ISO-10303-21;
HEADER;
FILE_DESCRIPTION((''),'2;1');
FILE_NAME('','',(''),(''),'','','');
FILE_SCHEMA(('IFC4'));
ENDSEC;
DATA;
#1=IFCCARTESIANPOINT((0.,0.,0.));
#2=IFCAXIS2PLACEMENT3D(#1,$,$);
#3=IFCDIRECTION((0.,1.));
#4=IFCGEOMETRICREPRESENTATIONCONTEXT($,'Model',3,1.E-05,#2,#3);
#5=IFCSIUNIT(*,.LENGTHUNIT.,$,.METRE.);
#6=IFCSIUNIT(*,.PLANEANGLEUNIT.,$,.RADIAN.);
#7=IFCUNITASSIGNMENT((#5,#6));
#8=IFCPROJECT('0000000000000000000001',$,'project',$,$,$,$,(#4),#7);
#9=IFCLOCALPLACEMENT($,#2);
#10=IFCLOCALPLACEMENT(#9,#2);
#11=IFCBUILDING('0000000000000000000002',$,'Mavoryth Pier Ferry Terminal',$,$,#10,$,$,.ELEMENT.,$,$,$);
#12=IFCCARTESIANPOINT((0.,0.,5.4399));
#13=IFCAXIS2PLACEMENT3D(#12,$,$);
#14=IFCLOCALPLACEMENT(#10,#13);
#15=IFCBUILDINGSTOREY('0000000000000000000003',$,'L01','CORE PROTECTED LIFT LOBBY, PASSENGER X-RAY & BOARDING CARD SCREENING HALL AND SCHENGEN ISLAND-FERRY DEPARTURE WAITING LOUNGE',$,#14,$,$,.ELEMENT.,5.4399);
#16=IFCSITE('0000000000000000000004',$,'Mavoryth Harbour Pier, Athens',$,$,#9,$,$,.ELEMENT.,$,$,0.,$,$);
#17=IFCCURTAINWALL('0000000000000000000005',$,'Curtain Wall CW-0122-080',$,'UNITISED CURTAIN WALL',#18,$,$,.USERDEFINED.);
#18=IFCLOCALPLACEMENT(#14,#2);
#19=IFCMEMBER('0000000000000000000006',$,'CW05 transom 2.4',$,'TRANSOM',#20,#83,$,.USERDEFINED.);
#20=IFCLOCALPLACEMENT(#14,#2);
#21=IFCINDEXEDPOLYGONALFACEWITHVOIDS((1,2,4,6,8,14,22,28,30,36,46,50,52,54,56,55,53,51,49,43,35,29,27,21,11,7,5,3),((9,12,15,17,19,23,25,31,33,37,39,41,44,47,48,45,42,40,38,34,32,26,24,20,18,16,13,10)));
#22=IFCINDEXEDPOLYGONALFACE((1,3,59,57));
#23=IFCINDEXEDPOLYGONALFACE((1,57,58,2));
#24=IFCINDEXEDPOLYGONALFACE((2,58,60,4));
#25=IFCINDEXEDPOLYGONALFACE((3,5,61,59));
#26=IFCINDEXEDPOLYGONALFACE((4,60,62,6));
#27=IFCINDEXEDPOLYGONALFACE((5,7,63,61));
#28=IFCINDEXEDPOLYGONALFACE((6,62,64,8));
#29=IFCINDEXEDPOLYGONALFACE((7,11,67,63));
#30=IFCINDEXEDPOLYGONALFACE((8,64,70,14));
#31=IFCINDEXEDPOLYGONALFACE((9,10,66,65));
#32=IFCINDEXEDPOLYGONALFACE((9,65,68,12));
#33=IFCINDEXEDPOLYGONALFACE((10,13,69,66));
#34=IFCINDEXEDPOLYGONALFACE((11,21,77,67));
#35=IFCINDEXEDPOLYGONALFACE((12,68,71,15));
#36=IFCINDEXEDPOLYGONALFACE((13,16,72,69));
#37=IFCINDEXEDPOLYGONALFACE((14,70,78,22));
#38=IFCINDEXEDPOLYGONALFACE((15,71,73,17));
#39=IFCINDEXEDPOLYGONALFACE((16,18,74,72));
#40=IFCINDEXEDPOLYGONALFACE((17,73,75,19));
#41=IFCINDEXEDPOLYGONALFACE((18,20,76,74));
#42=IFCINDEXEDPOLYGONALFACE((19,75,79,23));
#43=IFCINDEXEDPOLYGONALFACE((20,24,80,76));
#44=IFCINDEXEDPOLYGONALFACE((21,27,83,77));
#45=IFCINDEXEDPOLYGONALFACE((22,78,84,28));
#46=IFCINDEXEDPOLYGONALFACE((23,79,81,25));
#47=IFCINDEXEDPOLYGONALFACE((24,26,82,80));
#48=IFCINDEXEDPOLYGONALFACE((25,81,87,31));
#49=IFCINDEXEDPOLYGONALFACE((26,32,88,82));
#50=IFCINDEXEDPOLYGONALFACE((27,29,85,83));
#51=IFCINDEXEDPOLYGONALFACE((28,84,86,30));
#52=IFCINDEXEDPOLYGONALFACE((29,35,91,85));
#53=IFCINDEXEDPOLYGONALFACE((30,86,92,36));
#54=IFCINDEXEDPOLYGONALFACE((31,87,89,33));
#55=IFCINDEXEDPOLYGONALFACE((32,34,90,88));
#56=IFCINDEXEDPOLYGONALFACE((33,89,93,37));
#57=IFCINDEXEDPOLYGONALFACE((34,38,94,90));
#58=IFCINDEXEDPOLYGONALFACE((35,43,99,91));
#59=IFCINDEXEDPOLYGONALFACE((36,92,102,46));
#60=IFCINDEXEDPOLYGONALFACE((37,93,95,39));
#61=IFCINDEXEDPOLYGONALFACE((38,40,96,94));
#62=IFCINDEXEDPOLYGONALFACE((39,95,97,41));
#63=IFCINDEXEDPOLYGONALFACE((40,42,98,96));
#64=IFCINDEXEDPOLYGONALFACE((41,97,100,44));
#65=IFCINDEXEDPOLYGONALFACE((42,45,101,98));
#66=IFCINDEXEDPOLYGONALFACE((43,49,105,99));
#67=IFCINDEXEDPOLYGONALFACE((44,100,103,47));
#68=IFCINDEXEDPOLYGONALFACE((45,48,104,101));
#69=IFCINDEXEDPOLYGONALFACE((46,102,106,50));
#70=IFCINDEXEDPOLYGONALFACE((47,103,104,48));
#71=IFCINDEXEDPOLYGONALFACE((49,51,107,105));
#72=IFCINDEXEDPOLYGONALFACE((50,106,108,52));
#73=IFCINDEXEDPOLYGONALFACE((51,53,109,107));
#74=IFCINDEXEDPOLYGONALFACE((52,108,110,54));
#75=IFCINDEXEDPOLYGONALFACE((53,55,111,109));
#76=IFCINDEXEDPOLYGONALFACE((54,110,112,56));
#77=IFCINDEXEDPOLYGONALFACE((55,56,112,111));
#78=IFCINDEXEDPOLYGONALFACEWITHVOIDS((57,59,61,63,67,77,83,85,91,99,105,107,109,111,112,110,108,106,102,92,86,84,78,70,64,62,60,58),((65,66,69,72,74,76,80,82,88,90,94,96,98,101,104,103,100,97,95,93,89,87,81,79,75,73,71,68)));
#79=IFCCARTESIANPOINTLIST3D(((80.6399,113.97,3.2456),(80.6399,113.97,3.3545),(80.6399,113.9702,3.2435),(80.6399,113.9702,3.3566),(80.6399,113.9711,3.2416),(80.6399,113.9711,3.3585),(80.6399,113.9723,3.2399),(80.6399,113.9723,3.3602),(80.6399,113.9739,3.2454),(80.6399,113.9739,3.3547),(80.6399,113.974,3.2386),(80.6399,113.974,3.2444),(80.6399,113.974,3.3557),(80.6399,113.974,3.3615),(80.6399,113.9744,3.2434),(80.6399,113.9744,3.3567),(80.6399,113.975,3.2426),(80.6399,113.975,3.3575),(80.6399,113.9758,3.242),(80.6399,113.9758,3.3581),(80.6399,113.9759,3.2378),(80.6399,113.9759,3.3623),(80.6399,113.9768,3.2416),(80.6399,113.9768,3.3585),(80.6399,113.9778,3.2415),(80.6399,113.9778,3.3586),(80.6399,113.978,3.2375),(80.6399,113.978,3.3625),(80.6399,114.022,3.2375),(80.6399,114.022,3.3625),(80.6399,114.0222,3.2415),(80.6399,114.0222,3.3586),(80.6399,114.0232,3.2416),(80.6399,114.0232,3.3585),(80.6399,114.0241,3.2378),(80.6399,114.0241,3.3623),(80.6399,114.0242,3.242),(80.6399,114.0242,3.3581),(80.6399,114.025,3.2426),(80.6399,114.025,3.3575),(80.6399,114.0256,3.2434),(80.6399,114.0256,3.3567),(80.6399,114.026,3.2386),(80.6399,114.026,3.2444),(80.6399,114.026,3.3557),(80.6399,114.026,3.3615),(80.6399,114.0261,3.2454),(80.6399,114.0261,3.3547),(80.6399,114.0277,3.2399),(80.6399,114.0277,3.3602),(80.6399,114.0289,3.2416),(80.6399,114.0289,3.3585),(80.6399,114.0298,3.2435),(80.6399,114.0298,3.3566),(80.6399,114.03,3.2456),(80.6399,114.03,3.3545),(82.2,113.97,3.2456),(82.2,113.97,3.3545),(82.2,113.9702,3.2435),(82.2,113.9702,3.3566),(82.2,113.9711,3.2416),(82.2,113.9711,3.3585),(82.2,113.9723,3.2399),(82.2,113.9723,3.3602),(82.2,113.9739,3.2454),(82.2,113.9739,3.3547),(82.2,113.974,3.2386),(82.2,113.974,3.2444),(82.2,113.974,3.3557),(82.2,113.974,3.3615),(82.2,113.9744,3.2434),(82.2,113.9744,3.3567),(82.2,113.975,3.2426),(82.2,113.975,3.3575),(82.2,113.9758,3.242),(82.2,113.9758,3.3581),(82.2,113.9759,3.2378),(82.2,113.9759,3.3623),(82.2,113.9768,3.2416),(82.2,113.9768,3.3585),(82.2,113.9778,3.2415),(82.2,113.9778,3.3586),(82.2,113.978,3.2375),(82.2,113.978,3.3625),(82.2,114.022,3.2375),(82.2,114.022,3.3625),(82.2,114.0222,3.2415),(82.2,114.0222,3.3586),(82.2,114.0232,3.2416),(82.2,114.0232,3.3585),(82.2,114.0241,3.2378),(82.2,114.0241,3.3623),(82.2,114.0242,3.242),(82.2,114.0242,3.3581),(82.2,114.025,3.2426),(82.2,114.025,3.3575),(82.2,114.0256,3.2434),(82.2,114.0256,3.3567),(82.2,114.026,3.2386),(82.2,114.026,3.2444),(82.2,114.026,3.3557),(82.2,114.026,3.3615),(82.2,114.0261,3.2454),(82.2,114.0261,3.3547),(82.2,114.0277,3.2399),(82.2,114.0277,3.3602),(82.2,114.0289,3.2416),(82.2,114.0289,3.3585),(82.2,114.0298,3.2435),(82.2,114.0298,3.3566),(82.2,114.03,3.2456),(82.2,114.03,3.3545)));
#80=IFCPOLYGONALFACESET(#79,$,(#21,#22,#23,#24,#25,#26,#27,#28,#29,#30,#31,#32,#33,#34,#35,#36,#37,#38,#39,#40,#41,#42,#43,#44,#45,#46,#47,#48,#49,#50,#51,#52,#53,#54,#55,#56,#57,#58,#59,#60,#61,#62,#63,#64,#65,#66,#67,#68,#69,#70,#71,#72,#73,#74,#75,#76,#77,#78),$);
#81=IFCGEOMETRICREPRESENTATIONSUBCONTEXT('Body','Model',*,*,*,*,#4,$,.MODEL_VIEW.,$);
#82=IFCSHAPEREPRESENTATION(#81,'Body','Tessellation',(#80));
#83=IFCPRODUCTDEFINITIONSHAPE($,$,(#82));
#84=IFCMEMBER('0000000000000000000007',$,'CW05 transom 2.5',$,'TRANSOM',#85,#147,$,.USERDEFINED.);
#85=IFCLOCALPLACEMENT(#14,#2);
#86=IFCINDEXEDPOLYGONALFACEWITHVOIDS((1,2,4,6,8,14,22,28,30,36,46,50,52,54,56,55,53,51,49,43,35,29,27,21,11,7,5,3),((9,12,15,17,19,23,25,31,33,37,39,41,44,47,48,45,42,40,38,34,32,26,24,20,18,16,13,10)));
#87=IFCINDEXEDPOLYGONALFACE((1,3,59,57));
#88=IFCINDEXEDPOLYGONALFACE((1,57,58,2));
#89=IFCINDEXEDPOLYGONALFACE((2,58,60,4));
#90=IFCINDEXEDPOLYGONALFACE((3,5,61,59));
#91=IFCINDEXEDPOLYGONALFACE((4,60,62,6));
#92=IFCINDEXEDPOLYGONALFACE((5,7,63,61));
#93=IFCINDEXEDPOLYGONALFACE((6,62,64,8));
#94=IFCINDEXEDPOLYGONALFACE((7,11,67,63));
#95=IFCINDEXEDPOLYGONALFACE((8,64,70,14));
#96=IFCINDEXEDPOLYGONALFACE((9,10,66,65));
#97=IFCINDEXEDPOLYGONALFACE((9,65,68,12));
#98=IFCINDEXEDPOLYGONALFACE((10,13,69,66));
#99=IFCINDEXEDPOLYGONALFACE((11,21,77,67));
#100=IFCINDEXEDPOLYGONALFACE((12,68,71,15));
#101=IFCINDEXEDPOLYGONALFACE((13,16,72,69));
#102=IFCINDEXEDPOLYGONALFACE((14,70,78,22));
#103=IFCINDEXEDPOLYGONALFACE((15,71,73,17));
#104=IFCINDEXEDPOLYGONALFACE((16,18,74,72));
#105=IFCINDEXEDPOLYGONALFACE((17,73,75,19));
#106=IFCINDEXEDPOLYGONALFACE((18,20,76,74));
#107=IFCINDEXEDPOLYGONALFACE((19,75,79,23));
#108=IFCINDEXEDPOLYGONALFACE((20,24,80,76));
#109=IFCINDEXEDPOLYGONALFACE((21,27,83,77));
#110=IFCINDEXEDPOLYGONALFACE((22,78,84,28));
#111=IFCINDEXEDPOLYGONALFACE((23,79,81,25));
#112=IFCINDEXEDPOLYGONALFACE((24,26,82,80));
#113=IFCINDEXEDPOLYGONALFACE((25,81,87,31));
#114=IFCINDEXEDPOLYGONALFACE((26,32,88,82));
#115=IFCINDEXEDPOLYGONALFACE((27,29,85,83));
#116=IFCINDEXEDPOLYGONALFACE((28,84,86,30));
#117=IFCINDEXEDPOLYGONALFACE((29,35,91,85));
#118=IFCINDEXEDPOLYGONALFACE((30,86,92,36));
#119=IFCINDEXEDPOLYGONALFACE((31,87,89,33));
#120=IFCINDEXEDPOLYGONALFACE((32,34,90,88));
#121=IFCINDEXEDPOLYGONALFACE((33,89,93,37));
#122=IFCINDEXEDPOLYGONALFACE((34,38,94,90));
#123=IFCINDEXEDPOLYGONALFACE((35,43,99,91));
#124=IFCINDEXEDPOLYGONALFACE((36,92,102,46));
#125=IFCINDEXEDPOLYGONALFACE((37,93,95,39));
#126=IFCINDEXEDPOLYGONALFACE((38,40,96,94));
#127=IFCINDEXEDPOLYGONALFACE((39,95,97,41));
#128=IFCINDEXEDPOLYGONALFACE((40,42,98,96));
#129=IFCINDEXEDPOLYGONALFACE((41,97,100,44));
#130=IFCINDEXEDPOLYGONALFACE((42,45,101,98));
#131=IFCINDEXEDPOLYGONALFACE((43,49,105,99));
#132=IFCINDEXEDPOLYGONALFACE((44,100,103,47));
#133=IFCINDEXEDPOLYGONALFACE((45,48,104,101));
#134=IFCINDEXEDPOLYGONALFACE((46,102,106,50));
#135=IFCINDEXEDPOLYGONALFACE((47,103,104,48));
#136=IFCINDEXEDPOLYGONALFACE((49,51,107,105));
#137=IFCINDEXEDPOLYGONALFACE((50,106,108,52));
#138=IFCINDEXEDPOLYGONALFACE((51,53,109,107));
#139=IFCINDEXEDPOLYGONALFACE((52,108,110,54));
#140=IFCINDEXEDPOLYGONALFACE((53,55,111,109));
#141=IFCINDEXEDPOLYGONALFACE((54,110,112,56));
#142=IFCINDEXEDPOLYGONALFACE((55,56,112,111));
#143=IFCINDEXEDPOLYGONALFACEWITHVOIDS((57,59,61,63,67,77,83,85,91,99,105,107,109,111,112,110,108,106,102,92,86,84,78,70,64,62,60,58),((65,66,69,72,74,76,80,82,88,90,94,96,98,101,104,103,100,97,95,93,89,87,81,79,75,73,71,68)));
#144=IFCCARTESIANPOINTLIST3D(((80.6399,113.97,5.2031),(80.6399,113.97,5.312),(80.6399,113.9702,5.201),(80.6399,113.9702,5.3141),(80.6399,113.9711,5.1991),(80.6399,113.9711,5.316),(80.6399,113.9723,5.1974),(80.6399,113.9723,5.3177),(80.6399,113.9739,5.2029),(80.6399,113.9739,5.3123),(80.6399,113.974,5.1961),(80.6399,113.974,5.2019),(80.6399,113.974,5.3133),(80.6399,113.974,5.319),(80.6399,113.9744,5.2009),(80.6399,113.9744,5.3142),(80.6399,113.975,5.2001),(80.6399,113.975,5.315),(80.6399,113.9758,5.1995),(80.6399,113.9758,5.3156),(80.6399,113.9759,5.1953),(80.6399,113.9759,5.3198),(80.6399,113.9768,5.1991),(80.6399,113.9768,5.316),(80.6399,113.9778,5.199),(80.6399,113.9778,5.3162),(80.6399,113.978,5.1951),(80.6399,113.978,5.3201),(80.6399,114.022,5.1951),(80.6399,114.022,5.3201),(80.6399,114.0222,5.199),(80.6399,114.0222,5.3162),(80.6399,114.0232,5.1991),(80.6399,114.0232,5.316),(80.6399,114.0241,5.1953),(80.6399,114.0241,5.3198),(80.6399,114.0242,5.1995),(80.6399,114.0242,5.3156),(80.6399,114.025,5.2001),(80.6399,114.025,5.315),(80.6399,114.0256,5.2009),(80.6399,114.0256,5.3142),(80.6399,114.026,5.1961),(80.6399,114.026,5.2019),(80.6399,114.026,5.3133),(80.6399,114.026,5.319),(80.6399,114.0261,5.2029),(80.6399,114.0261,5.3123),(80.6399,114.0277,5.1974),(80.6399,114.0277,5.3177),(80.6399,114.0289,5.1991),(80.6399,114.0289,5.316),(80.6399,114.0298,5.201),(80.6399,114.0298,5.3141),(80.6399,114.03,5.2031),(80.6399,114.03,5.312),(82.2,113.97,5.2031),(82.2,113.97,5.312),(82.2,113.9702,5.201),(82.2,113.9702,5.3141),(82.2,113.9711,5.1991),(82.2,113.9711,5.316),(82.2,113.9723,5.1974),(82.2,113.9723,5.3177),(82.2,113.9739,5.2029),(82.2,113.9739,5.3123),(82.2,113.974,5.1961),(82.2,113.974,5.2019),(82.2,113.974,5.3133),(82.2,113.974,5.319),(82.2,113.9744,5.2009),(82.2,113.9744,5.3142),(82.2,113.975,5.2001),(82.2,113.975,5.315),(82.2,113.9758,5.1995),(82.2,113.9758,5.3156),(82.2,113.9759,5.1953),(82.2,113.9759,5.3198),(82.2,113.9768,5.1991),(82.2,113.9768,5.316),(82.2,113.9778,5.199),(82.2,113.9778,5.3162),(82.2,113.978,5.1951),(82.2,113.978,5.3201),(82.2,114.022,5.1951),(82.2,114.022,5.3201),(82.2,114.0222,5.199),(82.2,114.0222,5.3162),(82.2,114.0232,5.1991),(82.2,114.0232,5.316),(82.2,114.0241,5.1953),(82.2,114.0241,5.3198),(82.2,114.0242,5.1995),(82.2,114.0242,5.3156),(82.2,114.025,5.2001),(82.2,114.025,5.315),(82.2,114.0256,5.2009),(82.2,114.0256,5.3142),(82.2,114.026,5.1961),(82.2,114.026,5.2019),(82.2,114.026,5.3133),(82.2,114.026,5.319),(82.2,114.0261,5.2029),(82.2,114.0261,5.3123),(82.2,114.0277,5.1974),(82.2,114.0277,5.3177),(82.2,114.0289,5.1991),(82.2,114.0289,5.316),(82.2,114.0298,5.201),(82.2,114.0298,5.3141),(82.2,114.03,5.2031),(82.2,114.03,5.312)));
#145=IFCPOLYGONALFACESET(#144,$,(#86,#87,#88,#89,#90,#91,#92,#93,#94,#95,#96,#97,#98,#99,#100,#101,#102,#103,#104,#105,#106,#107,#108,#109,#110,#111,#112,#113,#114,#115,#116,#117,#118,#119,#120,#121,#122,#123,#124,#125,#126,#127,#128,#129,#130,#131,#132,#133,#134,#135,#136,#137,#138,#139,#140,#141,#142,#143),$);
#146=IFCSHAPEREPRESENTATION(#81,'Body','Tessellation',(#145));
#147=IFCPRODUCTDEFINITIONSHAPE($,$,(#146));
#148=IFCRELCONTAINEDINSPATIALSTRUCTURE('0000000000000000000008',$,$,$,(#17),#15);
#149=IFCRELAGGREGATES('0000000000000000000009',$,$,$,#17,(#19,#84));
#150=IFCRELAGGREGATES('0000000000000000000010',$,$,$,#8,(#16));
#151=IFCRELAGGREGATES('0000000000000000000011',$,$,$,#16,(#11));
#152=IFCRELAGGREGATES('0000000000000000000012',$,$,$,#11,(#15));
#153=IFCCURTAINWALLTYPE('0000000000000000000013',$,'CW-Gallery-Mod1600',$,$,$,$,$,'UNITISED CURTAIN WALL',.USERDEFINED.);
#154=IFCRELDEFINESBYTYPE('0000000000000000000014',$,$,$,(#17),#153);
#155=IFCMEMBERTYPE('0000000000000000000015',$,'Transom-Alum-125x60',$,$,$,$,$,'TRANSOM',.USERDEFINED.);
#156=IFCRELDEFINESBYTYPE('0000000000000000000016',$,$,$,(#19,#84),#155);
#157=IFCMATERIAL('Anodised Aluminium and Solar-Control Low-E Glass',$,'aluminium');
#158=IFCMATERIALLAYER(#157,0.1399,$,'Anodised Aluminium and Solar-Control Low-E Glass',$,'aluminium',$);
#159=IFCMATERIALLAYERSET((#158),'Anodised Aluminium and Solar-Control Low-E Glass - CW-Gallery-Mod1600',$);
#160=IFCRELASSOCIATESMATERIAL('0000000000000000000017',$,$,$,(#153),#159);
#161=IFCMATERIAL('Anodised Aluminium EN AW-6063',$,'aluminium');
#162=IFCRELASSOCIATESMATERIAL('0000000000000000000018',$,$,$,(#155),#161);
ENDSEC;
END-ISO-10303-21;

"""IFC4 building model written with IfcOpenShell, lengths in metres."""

from ifc_helpers import new_model, si_unit, direction, frame, origin, origin_2d, place, context, subcontext, project, spatial, hollow_rectangle, extrude, material, layer, layer_set, material_profile, profile_set, type_object, element, aggregate, save


model = new_model("IFC4")

# Units and contexts
model_context = context("Model", 3, precision=1e-05, world=origin(), true_north=direction((0.0, 1.0)))
body_context = subcontext(model_context, "Body", "Model", "MODEL_VIEW")
ifc_project = project(units=[si_unit("LENGTHUNIT", "METRE"), si_unit("PLANEANGLEUNIT", "RADIAN")], contexts=[model_context])

# Site, building, storey
site_placement = place(None, origin())
site = spatial("IfcSite", under=ifc_project, at=site_placement, Name="Mavoryth Harbour Pier, Athens", CompositionType="ELEMENT", RefElevation=0.0)
building_placement = place(site_placement, origin())
building = spatial("IfcBuilding", under=site, at=building_placement, Name="Mavoryth Pier Ferry Terminal", CompositionType="ELEMENT")
storey_placement = place(building_placement, frame((0.0, 0.0, 5.4399)))
storey = spatial("IfcBuildingStorey", under=building, at=storey_placement, Name="L01", Description="CORE PROTECTED LIFT LOBBY, PASSENGER X-RAY & BOARDING CARD SCREENING HALL AND SCHENGEN ISLAND-FERRY DEPARTURE WAITING LOUNGE", CompositionType="ELEMENT", Elevation=5.4399)

# Curtain wall
ifc_material_1 = material(Name="Anodised Aluminium and Solar-Control Low-E Glass", Category="aluminium")
ifc_layer_1 = layer(ifc_material_1, 0.1399, Name="Anodised Aluminium and Solar-Control Low-E Glass", Category="aluminium")
ifc_layer_set_1 = layer_set([ifc_layer_1], Name="Anodised Aluminium and Solar-Control Low-E Glass - CW-Gallery-Mod1600")
curtain_wall_type = type_object("IfcCurtainWallType", Name="CW-Gallery-Mod1600", ElementType="UNITISED CURTAIN WALL", PredefinedType="USERDEFINED", material=ifc_layer_set_1)
curtain_wall_1_placement = place(storey_placement, origin())
curtain_wall_1 = element("IfcCurtainWall", 1, at=curtain_wall_1_placement, inside=storey, type_object=curtain_wall_type, Name="Curtain Wall CW-0122-080", ObjectType="UNITISED CURTAIN WALL", PredefinedType="USERDEFINED")
ifc_material_2 = material(Name="Anodised Aluminium EN AW-6063", Category="aluminium")

# Members
ifc_material_profile_1 = material_profile(ifc_material_2, hollow_rectangle(XDim=0.0601, YDim=0.125, WallThickness=0.0039, InnerFilletRadius=0.0039, OuterFilletRadius=0.0081, at=origin_2d()), Name="AL-TRAN 125x60x4", Category="aluminium")
ifc_profile_set_1 = profile_set([ifc_material_profile_1], Name="Anodised Aluminium EN AW-6063 - AL-TRAN 125x60x4")
member_type_1 = type_object("IfcMemberType", Name="Transom-Alum-125x60", ElementType="TRANSOM", PredefinedType="USERDEFINED", material=ifc_profile_set_1)
member_1_placement = place(storey_placement, frame((82.2, 114.0, 3.3), z_axis=(-1.0, 0.0, 0.0), x_axis=(0.0, -1.0, 0.0)))
member_1 = element("IfcMember", 2, at=member_1_placement, type_object=member_type_1, Name="CW05 transom 2.4", ObjectType="TRANSOM", PredefinedType="USERDEFINED", context=body_context, shape_type="SweptSolid", body=[
    extrude(hollow_rectangle(XDim=0.0601, YDim=0.125, WallThickness=0.0039, InnerFilletRadius=0.0039, OuterFilletRadius=0.0081, at=origin_2d()), origin(), (0.0, 0.0, 1.0), 1.5601),
])
member_2_placement = place(storey_placement, frame((82.2, 114.0, 5.2576), z_axis=(-1.0, 0.0, 0.0), x_axis=(0.0, -1.0, 0.0)))
member_2 = element("IfcMember", 3, at=member_2_placement, type_object=member_type_1, Name="CW05 transom 2.5", ObjectType="TRANSOM", PredefinedType="USERDEFINED", context=body_context, shape_type="SweptSolid", body=[
    extrude(hollow_rectangle(XDim=0.0601, YDim=0.125, WallThickness=0.0039, InnerFilletRadius=0.0039, OuterFilletRadius=0.0081, at=origin_2d()), origin(), (0.0, 0.0, 1.0), 1.5601),
])

aggregate(curtain_wall_1, [member_1, member_2])

save(model, "model.ifc")
